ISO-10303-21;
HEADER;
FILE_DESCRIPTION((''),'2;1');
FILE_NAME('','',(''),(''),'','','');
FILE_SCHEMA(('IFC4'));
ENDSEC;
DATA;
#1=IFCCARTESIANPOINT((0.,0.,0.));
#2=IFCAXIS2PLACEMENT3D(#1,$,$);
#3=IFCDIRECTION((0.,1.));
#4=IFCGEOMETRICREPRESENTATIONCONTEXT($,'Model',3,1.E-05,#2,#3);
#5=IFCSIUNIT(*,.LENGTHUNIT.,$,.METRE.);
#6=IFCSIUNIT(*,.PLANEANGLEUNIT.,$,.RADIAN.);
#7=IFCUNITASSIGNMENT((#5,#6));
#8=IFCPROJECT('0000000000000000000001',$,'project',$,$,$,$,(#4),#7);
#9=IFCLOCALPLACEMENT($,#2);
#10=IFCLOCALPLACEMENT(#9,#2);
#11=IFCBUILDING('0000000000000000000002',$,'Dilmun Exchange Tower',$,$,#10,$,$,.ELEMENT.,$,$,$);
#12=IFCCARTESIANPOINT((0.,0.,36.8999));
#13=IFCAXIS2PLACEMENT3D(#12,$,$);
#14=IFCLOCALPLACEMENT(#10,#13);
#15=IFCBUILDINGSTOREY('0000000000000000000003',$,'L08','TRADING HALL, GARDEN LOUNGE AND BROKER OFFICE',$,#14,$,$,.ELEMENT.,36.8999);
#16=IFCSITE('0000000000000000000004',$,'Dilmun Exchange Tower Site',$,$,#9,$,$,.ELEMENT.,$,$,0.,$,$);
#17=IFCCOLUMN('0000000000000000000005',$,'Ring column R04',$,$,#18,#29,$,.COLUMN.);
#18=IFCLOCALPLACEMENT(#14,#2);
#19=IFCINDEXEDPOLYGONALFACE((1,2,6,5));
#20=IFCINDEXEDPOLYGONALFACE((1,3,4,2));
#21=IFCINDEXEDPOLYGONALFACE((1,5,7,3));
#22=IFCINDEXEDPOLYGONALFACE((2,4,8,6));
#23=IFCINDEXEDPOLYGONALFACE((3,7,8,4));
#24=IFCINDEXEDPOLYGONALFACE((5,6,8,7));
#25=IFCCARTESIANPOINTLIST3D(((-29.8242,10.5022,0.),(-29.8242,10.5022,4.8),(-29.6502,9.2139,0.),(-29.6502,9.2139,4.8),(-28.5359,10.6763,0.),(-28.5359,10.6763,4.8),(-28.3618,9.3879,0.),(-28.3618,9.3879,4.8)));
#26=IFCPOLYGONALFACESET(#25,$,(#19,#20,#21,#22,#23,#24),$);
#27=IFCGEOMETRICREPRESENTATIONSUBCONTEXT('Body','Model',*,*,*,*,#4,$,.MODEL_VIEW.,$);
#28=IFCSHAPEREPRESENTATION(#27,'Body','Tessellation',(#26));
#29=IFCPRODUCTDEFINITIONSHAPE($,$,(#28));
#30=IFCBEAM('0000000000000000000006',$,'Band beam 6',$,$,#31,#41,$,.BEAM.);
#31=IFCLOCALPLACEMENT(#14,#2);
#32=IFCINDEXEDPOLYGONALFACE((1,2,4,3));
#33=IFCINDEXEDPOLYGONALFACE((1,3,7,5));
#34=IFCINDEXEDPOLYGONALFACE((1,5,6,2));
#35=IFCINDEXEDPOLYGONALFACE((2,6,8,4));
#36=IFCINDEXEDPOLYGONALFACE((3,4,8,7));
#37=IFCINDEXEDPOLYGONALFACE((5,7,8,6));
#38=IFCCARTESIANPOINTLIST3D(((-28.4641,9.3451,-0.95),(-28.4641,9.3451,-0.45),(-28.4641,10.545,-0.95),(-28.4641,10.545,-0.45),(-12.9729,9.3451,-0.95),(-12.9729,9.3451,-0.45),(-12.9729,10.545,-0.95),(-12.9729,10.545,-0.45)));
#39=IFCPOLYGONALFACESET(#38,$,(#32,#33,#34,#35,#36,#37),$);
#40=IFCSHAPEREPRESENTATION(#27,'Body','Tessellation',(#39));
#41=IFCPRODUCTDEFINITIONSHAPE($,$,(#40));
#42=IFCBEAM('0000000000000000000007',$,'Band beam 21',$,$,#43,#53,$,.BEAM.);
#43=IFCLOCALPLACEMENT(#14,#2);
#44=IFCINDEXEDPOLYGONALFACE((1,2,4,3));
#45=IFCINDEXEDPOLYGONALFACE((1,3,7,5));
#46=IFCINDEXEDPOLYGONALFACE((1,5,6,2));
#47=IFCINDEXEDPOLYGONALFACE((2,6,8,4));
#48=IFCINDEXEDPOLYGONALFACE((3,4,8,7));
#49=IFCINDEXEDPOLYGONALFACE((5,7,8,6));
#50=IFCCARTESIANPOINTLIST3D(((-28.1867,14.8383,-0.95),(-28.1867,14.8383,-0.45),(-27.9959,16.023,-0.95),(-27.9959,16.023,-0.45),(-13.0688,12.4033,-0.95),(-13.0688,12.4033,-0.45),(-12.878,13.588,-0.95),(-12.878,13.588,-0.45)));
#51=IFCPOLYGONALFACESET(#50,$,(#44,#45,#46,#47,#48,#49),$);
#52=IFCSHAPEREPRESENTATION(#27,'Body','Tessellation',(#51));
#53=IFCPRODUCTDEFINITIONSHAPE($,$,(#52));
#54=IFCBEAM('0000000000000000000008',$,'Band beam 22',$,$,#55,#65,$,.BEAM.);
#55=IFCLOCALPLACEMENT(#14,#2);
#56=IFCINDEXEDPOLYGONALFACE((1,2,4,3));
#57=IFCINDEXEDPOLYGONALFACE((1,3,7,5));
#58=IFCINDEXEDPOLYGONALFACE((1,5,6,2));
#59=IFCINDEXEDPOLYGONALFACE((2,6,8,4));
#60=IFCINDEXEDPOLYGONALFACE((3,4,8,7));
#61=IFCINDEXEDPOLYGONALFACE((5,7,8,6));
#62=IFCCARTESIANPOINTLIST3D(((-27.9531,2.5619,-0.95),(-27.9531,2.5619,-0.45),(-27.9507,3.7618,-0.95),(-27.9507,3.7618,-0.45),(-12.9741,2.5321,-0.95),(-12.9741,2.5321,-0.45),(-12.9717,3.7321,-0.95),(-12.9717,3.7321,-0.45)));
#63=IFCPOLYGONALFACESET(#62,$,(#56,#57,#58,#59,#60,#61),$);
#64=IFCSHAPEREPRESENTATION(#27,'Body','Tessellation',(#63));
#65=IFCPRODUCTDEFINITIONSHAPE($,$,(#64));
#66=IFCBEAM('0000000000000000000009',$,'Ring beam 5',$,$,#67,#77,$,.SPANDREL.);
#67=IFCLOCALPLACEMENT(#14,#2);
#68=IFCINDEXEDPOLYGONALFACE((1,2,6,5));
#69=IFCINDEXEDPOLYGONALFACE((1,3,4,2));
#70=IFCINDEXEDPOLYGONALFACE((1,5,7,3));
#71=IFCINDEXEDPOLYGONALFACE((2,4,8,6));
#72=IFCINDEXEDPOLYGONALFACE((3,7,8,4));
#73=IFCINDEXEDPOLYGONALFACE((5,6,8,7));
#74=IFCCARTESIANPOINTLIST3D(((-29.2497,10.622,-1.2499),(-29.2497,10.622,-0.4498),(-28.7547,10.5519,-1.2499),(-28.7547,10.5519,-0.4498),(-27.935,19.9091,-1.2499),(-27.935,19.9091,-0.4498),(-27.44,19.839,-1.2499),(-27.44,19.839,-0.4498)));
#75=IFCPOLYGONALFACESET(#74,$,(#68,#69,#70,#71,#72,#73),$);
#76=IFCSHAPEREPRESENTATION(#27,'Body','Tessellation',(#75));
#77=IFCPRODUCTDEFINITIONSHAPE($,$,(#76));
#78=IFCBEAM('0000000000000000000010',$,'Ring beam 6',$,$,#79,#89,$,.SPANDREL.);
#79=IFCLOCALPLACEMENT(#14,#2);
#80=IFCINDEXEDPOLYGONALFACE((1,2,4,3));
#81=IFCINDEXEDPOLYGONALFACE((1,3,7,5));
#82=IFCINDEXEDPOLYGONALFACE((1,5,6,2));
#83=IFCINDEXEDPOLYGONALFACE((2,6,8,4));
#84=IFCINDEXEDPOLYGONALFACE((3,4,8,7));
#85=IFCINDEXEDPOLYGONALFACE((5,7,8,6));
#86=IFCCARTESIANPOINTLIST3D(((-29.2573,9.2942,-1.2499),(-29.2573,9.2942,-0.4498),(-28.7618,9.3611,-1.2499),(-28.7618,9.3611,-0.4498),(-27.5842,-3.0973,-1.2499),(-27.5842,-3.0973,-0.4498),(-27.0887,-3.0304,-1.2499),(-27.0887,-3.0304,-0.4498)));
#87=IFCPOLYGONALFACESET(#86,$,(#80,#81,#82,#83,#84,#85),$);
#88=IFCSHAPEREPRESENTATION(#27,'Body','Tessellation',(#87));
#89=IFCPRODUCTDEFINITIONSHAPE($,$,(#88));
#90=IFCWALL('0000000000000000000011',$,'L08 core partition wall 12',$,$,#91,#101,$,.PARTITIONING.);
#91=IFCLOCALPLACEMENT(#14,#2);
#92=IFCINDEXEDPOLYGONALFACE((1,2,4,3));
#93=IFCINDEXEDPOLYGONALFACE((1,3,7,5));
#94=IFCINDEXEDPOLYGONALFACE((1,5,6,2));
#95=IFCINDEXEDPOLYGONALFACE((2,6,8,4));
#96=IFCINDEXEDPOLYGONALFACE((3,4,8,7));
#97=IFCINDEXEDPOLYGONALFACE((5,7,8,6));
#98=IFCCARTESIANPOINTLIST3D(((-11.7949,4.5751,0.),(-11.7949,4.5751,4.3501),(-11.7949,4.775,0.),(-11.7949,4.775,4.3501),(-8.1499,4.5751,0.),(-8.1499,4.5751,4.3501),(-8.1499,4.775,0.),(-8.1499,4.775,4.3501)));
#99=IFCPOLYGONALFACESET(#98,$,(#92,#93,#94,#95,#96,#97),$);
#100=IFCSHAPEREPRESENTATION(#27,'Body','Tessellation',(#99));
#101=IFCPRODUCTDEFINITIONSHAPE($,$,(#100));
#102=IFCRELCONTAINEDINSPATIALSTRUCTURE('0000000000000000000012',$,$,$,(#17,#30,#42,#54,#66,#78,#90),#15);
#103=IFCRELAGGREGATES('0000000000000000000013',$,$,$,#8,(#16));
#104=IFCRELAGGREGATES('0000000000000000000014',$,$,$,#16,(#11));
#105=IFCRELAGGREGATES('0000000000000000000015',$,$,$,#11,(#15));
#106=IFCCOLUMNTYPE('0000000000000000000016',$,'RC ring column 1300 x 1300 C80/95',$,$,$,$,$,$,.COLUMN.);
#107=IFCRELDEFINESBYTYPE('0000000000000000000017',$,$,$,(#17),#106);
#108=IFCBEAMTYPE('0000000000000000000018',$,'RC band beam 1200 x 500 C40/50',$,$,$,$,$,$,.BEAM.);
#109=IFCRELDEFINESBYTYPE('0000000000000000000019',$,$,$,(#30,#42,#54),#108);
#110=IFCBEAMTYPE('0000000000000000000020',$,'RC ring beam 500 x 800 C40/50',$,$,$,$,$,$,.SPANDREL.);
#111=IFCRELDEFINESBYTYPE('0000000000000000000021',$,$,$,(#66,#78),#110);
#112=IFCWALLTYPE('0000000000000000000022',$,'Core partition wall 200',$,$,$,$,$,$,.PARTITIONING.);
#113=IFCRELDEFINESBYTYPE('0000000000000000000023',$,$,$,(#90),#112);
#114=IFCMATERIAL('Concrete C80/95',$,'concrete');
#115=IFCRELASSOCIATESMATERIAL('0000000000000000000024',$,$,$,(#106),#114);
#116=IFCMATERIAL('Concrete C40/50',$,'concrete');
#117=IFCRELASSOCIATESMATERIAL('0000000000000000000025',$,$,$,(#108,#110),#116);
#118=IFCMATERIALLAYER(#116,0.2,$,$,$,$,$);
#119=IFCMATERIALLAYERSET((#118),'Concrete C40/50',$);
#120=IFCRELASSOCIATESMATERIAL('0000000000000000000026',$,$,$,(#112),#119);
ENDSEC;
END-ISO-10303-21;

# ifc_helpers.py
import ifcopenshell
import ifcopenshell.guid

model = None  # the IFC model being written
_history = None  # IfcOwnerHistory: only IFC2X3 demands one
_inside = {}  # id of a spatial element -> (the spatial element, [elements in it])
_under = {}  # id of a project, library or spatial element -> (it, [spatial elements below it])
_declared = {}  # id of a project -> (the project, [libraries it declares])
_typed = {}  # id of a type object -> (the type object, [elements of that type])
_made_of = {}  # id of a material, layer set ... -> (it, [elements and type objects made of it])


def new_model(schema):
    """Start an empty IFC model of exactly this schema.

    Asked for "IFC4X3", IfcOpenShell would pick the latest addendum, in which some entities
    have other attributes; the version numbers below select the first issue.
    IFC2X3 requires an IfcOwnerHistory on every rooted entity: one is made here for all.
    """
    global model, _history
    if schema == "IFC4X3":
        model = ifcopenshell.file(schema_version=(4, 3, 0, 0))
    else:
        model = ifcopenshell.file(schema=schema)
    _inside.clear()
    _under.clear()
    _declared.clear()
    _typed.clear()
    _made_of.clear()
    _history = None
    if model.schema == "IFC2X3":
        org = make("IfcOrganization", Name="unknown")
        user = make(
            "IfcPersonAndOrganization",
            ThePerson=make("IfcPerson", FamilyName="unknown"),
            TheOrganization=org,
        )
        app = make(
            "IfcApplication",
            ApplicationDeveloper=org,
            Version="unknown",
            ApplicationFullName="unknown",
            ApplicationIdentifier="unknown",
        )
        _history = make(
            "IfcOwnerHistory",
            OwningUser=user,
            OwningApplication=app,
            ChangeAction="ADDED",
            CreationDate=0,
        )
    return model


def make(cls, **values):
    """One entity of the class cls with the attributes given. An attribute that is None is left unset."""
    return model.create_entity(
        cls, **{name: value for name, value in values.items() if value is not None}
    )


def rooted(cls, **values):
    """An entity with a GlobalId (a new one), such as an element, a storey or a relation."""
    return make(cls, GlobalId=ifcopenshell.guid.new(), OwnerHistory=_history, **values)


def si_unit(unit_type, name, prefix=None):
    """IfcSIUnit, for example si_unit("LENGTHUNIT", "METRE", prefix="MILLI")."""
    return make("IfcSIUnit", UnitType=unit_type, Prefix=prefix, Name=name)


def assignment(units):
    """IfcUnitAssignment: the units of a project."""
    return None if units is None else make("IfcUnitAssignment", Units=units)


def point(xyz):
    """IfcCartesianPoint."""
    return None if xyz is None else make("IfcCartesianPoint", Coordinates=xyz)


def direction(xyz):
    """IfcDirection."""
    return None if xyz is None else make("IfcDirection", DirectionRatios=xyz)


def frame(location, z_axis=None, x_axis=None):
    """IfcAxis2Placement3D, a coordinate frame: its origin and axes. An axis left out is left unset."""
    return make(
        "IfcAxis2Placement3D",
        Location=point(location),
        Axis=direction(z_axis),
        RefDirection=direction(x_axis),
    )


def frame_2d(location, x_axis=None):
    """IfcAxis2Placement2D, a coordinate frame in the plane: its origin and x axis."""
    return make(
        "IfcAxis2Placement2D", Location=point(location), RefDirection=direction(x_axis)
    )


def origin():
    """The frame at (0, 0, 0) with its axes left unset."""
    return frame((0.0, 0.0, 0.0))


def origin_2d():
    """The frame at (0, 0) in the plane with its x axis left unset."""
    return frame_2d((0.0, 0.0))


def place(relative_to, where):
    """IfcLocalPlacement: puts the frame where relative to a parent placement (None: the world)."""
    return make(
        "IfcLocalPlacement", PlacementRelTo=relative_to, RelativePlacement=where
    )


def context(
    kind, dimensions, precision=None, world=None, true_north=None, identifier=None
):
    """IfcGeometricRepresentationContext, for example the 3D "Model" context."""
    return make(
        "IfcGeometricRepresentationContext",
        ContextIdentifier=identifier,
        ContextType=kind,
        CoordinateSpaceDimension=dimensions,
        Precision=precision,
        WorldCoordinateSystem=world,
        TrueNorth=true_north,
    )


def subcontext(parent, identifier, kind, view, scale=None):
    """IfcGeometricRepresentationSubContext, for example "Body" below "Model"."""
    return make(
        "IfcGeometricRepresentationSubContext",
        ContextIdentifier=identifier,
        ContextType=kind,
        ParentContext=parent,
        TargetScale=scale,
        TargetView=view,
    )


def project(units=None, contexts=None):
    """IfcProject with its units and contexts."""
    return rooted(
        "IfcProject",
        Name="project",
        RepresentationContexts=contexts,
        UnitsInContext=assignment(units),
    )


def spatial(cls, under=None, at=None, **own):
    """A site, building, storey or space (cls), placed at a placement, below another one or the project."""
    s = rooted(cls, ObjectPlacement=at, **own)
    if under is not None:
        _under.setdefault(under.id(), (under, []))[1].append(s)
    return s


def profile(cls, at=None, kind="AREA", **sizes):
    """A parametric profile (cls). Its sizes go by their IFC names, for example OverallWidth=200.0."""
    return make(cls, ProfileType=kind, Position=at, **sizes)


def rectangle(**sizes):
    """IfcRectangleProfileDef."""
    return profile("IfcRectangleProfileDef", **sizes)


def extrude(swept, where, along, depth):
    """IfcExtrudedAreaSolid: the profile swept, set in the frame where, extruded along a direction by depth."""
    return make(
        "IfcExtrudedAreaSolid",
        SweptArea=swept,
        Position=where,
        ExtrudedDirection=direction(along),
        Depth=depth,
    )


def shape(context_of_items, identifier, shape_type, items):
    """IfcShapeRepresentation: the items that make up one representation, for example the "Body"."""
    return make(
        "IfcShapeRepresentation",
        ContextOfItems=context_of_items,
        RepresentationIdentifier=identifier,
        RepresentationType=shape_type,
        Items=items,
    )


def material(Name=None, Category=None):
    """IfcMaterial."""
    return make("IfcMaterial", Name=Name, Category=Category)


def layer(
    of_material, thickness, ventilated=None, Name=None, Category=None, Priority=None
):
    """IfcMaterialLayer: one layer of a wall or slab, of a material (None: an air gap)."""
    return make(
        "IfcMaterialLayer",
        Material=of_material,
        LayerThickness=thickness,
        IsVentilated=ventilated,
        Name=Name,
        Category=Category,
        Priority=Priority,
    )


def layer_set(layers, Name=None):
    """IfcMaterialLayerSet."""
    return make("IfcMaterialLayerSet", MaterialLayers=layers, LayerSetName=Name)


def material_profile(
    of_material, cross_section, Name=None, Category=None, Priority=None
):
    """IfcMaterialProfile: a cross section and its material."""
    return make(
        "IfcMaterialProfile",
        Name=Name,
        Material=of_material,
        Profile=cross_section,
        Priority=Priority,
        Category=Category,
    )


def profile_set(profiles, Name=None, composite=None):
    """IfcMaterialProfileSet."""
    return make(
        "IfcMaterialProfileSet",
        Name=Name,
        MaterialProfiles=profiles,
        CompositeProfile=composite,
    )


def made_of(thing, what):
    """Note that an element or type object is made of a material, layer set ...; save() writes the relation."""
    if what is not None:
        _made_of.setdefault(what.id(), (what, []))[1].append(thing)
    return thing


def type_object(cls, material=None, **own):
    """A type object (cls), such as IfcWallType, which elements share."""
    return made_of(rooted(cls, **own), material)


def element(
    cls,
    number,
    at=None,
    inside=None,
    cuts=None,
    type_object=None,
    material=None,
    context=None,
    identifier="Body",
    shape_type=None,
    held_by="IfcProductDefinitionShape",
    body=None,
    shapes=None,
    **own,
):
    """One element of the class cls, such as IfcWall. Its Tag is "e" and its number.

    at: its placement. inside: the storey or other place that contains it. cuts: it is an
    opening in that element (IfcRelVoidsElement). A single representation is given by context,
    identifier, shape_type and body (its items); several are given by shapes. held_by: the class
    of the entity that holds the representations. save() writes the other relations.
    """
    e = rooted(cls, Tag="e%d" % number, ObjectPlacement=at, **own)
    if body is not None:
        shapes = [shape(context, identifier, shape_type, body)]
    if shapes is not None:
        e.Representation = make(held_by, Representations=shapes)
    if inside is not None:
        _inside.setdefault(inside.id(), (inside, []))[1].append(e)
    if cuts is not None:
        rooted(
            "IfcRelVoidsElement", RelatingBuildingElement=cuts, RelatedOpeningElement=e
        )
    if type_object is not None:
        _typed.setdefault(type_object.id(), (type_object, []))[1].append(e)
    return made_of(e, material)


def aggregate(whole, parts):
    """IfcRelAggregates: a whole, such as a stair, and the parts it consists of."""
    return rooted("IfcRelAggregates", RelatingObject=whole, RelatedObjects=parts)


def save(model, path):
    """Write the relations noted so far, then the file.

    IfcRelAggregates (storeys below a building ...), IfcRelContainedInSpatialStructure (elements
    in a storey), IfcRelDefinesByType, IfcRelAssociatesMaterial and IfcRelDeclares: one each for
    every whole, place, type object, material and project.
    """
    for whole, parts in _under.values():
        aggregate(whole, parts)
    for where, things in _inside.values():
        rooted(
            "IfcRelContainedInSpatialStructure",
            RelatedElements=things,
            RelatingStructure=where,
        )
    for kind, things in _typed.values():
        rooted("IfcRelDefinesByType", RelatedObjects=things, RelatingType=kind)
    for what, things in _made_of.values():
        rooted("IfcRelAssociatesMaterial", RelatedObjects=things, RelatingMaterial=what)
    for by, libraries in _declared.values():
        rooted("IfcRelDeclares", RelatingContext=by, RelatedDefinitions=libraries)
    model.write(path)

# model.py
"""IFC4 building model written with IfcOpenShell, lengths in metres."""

from ifc_helpers import new_model, si_unit, direction, frame, frame_2d, origin, origin_2d, place, context, subcontext, project, spatial, rectangle, extrude, material, layer, layer_set, material_profile, profile_set, type_object, element, save


model = new_model("IFC4")

# Units and contexts
model_context = context("Model", 3, precision=1e-05, world=origin(), true_north=direction((0.0, 1.0)))
body_context = subcontext(model_context, "Body", "Model", "MODEL_VIEW")
ifc_project = project(units=[si_unit("LENGTHUNIT", "METRE"), si_unit("PLANEANGLEUNIT", "RADIAN")], contexts=[model_context])

# Site, building, storey
site_placement = place(None, origin())
site = spatial("IfcSite", under=ifc_project, at=site_placement, Name="Dilmun Exchange Tower Site", CompositionType="ELEMENT", RefElevation=0.0)
building_placement = place(site_placement, origin())
building = spatial("IfcBuilding", under=site, at=building_placement, Name="Dilmun Exchange Tower", CompositionType="ELEMENT")
storey_placement = place(building_placement, frame((0.0, 0.0, 36.8999)))
storey = spatial("IfcBuildingStorey", under=building, at=storey_placement, Name="L08", Description="TRADING HALL, GARDEN LOUNGE AND BROKER OFFICE", CompositionType="ELEMENT", Elevation=36.8999)

# Column
ifc_material_1 = material(Name="Concrete C80/95", Category="concrete")
ifc_material_profile_1 = material_profile(ifc_material_1, rectangle(XDim=1.3, YDim=1.3, at=origin_2d()), Name="1300 x 1300")
ifc_profile_set_1 = profile_set([ifc_material_profile_1], Name="Concrete C80/95")
column_type = type_object("IfcColumnType", Name="RC ring column 1300 x 1300 C80/95", PredefinedType="COLUMN", material=ifc_profile_set_1)
column_placement = place(storey_placement, frame((-29.093, 9.9451, 0.0), z_axis=(0.0, 0.0, 1.0), x_axis=(0.991001, 0.133853, 0.0)))
element("IfcColumn", 1, at=column_placement, inside=storey, type_object=column_type, Name="Ring column R04", PredefinedType="COLUMN", context=body_context, shape_type="SweptSolid", body=[
    extrude(rectangle(XDim=1.3, YDim=1.3, at=origin_2d()), origin(), (0.0, 0.0, 1.0), 4.8),
])

# Beams
ifc_material_2 = material(Name="Concrete C40/50", Category="concrete")
ifc_material_profile_2 = material_profile(ifc_material_2, rectangle(XDim=1.2, YDim=0.5, at=origin_2d()), Name="1200 x 500")
ifc_profile_set_2 = profile_set([ifc_material_profile_2], Name="Concrete C40/50")
beam_type_1 = type_object("IfcBeamType", Name="RC band beam 1200 x 500 C40/50", PredefinedType="BEAM", material=ifc_profile_set_2)
beam_1_placement = place(storey_placement, frame((-28.4641, 9.9451, -0.7), z_axis=(1.0, 0.0, 0.0), x_axis=(0.0, 1.0, 0.0)))
element("IfcBeam", 2, at=beam_1_placement, inside=storey, type_object=beam_type_1, Name="Band beam 6", PredefinedType="BEAM", context=body_context, shape_type="SweptSolid", body=[
    extrude(rectangle(XDim=1.2, YDim=0.5, at=origin_2d()), origin(), (0.0, 0.0, 1.0), 15.4912),
])
beam_2_placement = place(storey_placement, frame((-28.0913, 15.4307, -0.7), z_axis=(0.987275, -0.159021, 0.0), x_axis=(0.159021, 0.987275, 0.0)))
element("IfcBeam", 3, at=beam_2_placement, inside=storey, type_object=beam_type_1, Name="Band beam 21", PredefinedType="BEAM", context=body_context, shape_type="SweptSolid", body=[
    extrude(rectangle(XDim=1.2, YDim=0.5, at=origin_2d()), origin(), (0.0, 0.0, 1.0), 15.3127),
])
beam_3_placement = place(storey_placement, frame((-27.9519, 3.1619, -0.7), z_axis=(0.999998, -0.001988, 0.0), x_axis=(0.001988, 0.999998, 0.0)))
element("IfcBeam", 4, at=beam_3_placement, inside=storey, type_object=beam_type_1, Name="Band beam 22", PredefinedType="BEAM", context=body_context, shape_type="SweptSolid", body=[
    extrude(rectangle(XDim=1.2, YDim=0.5, at=origin_2d()), origin(), (0.0, 0.0, 1.0), 14.979),
])
ifc_material_profile_3 = material_profile(ifc_material_2, rectangle(XDim=0.5, YDim=0.8, at=origin_2d()), Name="500 x 800")
ifc_profile_set_3 = profile_set([ifc_material_profile_3], Name="Concrete C40/50")
beam_type_2 = type_object("IfcBeamType", Name="RC ring beam 500 x 800 C40/50", PredefinedType="SPANDREL", material=ifc_profile_set_3)
beam_4_placement = place(storey_placement, frame((-27.6875, 19.874, -0.8499), z_axis=(-0.140164, -0.990128, 0.0), x_axis=(0.990128, -0.140164, 0.0)))
element("IfcBeam", 5, at=beam_4_placement, inside=storey, type_object=beam_type_2, Name="Ring beam 5", PredefinedType="SPANDREL", context=body_context, shape_type="SweptSolid", body=[
    extrude(rectangle(XDim=0.5, YDim=0.8, at=origin_2d()), origin(), (0.0, 0.0, 1.0), 9.3796),
])
beam_5_placement = place(storey_placement, frame((-29.0095, 9.3276, -0.8499), z_axis=(0.133807, -0.991007, 0.0), x_axis=(0.991007, 0.133807, 0.0)))
element("IfcBeam", 6, at=beam_5_placement, inside=storey, type_object=beam_type_2, Name="Ring beam 6", PredefinedType="SPANDREL", context=body_context, shape_type="SweptSolid", body=[
    extrude(rectangle(XDim=0.5, YDim=0.8, at=origin_2d()), origin(), (0.0, 0.0, 1.0), 12.5039),
])

# Wall
ifc_layer_1 = layer(ifc_material_2, 0.2)
ifc_layer_set_1 = layer_set([ifc_layer_1], Name="Concrete C40/50")
wall_type_1 = type_object("IfcWallType", Name="Core partition wall 200", PredefinedType="PARTITIONING", material=ifc_layer_set_1)
wall_1_placement = place(storey_placement, frame((-11.7949, 4.675, 0.0), z_axis=(0.0, 0.0, 1.0), x_axis=(1.0, 0.0, 0.0)))
element("IfcWall", 7, at=wall_1_placement, inside=storey, type_object=wall_type_1, Name="L08 core partition wall 12", PredefinedType="PARTITIONING", context=body_context, shape_type="SweptSolid", body=[
    extrude(rectangle(XDim=3.645, YDim=0.2, at=frame_2d((1.8225, 0.0))), origin(), (0.0, 0.0, 1.0), 4.3501),
])

save(model, "model.ifc")
